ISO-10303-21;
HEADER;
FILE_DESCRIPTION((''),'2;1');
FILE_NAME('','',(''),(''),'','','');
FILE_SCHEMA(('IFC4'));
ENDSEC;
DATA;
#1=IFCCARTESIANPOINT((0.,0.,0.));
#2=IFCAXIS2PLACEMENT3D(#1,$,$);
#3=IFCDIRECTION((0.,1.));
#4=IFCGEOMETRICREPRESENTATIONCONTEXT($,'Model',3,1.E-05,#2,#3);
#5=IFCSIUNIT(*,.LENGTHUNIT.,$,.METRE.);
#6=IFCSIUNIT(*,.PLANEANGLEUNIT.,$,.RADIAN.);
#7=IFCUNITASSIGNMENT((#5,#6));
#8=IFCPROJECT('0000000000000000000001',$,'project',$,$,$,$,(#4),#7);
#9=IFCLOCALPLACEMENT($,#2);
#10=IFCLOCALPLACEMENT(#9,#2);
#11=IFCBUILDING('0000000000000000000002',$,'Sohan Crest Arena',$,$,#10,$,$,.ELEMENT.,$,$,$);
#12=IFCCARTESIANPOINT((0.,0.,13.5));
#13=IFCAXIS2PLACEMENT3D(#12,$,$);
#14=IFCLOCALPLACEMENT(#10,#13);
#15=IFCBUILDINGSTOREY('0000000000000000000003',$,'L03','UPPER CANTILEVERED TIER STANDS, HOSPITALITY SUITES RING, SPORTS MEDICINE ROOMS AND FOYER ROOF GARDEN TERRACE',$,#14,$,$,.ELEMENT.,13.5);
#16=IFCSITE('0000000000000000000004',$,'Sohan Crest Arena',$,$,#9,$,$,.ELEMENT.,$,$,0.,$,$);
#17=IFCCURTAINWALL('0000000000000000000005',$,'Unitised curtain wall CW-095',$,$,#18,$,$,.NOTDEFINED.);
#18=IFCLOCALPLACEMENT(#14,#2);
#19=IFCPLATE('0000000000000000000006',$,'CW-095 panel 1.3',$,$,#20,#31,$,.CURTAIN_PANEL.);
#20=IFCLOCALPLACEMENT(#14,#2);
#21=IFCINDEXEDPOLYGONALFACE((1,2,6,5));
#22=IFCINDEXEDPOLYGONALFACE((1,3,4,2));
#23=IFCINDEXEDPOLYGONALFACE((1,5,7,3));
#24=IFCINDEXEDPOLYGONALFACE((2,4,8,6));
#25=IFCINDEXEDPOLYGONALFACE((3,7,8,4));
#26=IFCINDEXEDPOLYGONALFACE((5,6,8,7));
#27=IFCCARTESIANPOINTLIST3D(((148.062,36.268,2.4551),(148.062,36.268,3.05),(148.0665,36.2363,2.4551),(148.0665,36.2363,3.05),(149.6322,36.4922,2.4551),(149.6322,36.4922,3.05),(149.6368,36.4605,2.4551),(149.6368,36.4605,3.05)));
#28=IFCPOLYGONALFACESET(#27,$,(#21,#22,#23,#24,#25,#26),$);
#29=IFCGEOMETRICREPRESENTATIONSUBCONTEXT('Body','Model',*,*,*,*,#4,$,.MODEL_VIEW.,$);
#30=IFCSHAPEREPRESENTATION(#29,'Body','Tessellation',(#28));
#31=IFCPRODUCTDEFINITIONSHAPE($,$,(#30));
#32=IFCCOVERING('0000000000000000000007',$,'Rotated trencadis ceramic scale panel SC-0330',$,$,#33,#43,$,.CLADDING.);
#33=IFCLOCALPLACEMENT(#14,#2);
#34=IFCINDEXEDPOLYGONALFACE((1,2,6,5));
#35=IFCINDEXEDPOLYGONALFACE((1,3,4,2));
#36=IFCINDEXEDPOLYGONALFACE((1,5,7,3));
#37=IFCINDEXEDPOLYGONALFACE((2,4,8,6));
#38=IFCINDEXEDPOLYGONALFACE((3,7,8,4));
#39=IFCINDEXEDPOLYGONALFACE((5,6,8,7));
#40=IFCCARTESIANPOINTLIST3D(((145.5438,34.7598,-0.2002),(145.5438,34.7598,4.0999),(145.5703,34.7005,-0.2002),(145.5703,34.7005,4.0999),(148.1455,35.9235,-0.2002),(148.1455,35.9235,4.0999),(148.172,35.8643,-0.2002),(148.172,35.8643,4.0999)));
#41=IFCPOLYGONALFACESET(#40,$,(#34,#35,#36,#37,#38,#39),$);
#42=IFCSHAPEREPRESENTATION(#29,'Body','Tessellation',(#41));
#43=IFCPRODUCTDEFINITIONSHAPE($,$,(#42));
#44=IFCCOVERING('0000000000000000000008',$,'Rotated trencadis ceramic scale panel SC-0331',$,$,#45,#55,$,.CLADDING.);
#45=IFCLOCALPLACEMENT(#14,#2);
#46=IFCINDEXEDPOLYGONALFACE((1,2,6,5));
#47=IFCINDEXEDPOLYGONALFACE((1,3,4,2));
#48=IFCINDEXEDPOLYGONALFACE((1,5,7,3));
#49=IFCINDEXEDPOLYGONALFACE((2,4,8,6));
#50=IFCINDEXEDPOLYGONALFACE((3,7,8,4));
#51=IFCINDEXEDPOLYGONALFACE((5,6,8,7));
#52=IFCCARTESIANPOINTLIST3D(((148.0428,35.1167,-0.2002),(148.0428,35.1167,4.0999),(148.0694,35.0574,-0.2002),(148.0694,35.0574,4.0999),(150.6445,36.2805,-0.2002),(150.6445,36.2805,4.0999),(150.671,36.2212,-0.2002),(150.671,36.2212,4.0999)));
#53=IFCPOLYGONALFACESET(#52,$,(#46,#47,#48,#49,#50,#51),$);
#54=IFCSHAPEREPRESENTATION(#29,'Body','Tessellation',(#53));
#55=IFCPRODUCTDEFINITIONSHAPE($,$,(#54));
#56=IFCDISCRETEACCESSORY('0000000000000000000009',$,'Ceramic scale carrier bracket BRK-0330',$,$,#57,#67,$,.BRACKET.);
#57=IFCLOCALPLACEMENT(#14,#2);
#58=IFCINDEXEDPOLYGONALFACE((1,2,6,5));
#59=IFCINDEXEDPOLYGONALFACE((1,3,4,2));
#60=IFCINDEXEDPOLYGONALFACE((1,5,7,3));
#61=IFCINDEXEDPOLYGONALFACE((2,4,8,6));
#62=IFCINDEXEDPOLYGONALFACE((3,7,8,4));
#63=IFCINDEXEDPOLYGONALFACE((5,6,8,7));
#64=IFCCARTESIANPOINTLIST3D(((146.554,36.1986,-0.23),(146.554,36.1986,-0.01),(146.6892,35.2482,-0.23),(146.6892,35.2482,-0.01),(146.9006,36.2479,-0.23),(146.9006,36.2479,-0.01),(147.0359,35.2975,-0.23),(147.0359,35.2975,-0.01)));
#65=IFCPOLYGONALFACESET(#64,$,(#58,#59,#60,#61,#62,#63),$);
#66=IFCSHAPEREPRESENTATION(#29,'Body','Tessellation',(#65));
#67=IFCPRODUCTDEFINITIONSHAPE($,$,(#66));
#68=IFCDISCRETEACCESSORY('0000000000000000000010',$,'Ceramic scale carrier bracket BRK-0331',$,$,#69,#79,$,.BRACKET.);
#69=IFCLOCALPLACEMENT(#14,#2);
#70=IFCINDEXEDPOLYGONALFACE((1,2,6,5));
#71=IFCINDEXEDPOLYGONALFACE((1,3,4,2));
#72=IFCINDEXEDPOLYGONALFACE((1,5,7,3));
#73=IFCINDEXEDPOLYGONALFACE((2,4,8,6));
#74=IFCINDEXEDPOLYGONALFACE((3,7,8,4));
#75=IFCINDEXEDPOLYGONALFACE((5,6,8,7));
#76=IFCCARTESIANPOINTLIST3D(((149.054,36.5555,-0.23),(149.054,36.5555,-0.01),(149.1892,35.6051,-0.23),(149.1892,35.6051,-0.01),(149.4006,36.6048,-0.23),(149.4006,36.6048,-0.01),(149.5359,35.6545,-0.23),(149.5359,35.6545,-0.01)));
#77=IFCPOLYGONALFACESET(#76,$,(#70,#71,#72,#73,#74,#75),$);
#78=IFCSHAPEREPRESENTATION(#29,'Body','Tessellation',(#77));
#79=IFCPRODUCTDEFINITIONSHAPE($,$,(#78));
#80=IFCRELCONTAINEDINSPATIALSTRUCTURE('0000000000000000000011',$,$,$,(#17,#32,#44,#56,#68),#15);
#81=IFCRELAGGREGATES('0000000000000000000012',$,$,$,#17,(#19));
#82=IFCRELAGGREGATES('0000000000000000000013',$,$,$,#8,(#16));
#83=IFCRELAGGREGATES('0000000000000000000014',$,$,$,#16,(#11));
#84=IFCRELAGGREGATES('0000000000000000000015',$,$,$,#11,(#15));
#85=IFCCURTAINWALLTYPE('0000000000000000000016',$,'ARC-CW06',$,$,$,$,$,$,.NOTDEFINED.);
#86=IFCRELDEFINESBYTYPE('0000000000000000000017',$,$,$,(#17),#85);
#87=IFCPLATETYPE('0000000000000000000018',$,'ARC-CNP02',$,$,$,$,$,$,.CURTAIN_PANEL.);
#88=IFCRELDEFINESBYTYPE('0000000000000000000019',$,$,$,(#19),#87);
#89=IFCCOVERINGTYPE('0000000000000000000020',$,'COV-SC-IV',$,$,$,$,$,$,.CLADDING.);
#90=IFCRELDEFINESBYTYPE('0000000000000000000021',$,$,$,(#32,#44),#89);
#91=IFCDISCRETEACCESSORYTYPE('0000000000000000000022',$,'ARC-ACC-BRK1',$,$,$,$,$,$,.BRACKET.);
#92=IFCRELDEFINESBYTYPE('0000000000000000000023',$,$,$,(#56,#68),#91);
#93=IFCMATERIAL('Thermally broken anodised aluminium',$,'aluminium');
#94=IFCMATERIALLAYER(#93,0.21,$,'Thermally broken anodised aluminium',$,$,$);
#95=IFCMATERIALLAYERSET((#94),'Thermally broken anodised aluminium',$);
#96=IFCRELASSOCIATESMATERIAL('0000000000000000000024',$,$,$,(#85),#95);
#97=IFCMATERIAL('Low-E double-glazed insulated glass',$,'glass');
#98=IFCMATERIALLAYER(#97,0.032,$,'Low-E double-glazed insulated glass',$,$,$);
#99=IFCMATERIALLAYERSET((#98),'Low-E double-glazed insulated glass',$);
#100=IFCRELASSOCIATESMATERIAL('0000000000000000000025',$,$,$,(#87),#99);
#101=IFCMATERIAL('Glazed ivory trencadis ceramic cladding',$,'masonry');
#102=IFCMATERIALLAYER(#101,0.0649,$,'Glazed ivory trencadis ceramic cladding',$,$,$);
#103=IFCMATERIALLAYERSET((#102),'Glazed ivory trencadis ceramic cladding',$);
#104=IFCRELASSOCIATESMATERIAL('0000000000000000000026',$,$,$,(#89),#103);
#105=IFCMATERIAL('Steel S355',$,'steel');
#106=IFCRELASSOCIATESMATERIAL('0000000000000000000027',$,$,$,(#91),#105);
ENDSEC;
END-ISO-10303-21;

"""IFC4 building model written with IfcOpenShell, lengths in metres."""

from ifc_helpers import new_model, si_unit, direction, frame, origin, origin_2d, place, context, subcontext, project, spatial, rectangle, extrude, material, layer, layer_set, type_object, element, aggregate, save


model = new_model("IFC4")

# Units and contexts
model_context = context("Model", 3, precision=1e-05, world=origin(), true_north=direction((0.0, 1.0)))
body_context = subcontext(model_context, "Body", "Model", "MODEL_VIEW")
ifc_project = project(units=[si_unit("LENGTHUNIT", "METRE"), si_unit("PLANEANGLEUNIT", "RADIAN")], contexts=[model_context])

# Site, building, storey
site_placement = place(None, origin())
site = spatial("IfcSite", under=ifc_project, at=site_placement, Name="Sohan Crest Arena", CompositionType="ELEMENT", RefElevation=0.0)
building_placement = place(site_placement, origin())
building = spatial("IfcBuilding", under=site, at=building_placement, Name="Sohan Crest Arena", CompositionType="ELEMENT")
storey_placement = place(building_placement, frame((0.0, 0.0, 13.5)))
storey = spatial("IfcBuildingStorey", under=building, at=storey_placement, Name="L03", Description="UPPER CANTILEVERED TIER STANDS, HOSPITALITY SUITES RING, SPORTS MEDICINE ROOMS AND FOYER ROOF GARDEN TERRACE", CompositionType="ELEMENT", Elevation=13.5)

# Shared definitions
ifc_material_1 = material(Name="Steel S355", Category="steel")

# Curtain wall
ifc_material_2 = material(Name="Thermally broken anodised aluminium", Category="aluminium")
ifc_layer_1 = layer(ifc_material_2, 0.21, Name="Thermally broken anodised aluminium")
ifc_layer_set_1 = layer_set([ifc_layer_1], Name="Thermally broken anodised aluminium")
curtain_wall_type_1 = type_object("IfcCurtainWallType", Name="ARC-CW06", PredefinedType="NOTDEFINED", material=ifc_layer_set_1)
curtain_wall_1_placement = place(storey_placement, origin())
curtain_wall_1 = element("IfcCurtainWall", 1, at=curtain_wall_1_placement, inside=storey, type_object=curtain_wall_type_1, Name="Unitised curtain wall CW-095", PredefinedType="NOTDEFINED")

# Plate
ifc_material_3 = material(Name="Low-E double-glazed insulated glass", Category="glass")
ifc_layer_2 = layer(ifc_material_3, 0.032, Name="Low-E double-glazed insulated glass")
ifc_layer_set_2 = layer_set([ifc_layer_2], Name="Low-E double-glazed insulated glass")
plate_type_1 = type_object("IfcPlateType", Name="ARC-CNP02", PredefinedType="CURTAIN_PANEL", material=ifc_layer_set_2)
plate_1_placement = place(storey_placement, frame((148.8494, 36.3643, 2.4551), z_axis=(0.0, 0.0, 1.0), x_axis=(0.989957, 0.141366, 0.0)))
plate_1 = element("IfcPlate", 2, at=plate_1_placement, type_object=plate_type_1, Name="CW-095 panel 1.3", PredefinedType="CURTAIN_PANEL", context=body_context, shape_type="SweptSolid", body=[
    extrude(rectangle(XDim=1.5862, YDim=0.032, at=origin_2d()), origin(), (0.0, 0.0, 1.0), 0.595),
])
aggregate(curtain_wall_1, [plate_1])

# Coverings
ifc_material_4 = material(Name="Glazed ivory trencadis ceramic cladding", Category="masonry")
ifc_layer_3 = layer(ifc_material_4, 0.0649, Name="Glazed ivory trencadis ceramic cladding")
ifc_layer_set_3 = layer_set([ifc_layer_3], Name="Glazed ivory trencadis ceramic cladding")
covering_type = type_object("IfcCoveringType", Name="COV-SC-IV", PredefinedType="CLADDING", material=ifc_layer_set_3)
for number, where, z_axis, x_axis, name in (
    (3, (146.8579, 35.312, -0.2002), (0.0, 0.0, 1.0), (0.912834, 0.40833, 0.0), "Rotated trencadis ceramic scale panel SC-0330"),
    (4, (149.3569, 35.6689, -0.2002), (0.0, 0.0, 1.0), (0.912834, 0.40833, 0.0), "Rotated trencadis ceramic scale panel SC-0331"),
):
    element("IfcCovering", number, at=place(storey_placement, frame(where, z_axis=z_axis, x_axis=x_axis)), inside=storey, type_object=covering_type, Name=name, PredefinedType="CLADDING", context=body_context, shape_type="SweptSolid", body=[
        extrude(rectangle(XDim=2.8501, YDim=0.0649, at=origin_2d()), origin(), (0.0, 0.0, 1.0), 4.3),
    ])

# Discrete accessories
discrete_accessory_type = type_object("IfcDiscreteAccessoryType", Name="ARC-ACC-BRK1", PredefinedType="BRACKET", material=ifc_material_1)
for number, where, z_axis, x_axis, name in (
    (5, (146.7949, 35.748, -0.23), (0.0, 0.0, 1.0), (0.990024, 0.140901, 0.0), "Ceramic scale carrier bracket BRK-0330"),
    (6, (149.2949, 36.105, -0.23), (0.0, 0.0, 1.0), (0.990024, 0.140901, 0.0), "Ceramic scale carrier bracket BRK-0331"),
):
    element("IfcDiscreteAccessory", number, at=place(storey_placement, frame(where, z_axis=z_axis, x_axis=x_axis)), inside=storey, type_object=discrete_accessory_type, Name=name, PredefinedType="BRACKET", context=body_context, shape_type="SweptSolid", body=[
        extrude(rectangle(XDim=0.3501, YDim=0.96, at=origin_2d()), origin(), (0.0, 0.0, 1.0), 0.22),
    ])

save(model, "model.ifc")
